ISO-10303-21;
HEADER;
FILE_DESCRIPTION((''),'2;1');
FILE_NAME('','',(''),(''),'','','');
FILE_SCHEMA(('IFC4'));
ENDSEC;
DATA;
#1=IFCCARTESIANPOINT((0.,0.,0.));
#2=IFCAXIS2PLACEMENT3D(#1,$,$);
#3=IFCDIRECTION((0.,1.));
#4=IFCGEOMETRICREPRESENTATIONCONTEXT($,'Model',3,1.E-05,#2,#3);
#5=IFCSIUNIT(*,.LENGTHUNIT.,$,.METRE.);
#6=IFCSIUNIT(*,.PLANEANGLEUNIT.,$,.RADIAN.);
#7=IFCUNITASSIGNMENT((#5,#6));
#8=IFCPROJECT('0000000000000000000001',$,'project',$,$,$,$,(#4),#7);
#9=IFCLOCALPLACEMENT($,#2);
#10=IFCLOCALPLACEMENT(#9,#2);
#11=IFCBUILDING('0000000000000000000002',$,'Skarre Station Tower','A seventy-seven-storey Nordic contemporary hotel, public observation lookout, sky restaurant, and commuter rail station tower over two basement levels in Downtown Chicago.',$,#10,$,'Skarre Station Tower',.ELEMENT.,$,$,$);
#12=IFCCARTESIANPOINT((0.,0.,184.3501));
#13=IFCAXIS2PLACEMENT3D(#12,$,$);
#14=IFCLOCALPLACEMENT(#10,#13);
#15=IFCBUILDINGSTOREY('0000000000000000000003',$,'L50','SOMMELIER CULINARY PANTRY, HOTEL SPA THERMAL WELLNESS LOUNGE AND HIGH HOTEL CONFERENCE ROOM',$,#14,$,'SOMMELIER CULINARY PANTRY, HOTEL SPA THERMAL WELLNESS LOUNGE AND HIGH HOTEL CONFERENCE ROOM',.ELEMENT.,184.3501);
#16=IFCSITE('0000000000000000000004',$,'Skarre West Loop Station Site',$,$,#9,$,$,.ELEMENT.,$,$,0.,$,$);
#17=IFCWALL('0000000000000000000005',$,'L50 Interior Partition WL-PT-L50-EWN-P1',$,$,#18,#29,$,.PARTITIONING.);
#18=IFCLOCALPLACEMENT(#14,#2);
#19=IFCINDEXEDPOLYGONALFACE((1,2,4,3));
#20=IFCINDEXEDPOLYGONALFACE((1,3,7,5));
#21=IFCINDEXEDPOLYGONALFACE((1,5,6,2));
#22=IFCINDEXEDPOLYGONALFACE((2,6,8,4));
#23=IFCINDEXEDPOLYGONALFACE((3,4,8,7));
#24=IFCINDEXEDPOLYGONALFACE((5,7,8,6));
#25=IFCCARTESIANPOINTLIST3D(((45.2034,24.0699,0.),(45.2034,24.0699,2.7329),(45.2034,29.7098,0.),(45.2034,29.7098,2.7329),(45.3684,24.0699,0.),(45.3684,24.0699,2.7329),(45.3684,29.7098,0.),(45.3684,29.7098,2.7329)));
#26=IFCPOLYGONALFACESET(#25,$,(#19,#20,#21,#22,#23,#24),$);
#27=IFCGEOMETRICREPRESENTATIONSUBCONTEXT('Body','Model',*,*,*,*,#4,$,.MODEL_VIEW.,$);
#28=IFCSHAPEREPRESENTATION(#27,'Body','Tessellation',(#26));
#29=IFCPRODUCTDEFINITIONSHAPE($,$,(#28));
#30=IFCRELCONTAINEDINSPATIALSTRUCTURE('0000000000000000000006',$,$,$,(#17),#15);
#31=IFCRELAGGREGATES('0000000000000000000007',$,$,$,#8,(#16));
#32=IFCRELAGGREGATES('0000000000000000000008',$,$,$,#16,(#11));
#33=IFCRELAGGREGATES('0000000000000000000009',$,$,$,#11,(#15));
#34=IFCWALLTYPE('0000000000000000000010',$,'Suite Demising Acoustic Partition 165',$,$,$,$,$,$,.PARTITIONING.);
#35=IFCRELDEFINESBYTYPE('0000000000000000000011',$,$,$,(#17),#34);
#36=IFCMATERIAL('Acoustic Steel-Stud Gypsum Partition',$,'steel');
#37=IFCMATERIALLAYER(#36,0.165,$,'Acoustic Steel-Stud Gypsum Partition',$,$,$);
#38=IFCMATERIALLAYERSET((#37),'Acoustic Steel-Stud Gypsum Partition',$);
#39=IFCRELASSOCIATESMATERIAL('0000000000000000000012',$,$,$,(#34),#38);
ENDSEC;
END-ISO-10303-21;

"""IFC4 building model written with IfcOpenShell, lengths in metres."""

from ifc_helpers import new_model, si_unit, direction, frame, frame_2d, origin, place, context, subcontext, project, spatial, rectangle, extrude, material, layer, layer_set, type_object, element, save


model = new_model("IFC4")

# Units and contexts
model_context = context("Model", 3, precision=1e-05, world=origin(), true_north=direction((0.0, 1.0)))
body_context = subcontext(model_context, "Body", "Model", "MODEL_VIEW")
ifc_project = project(units=[si_unit("LENGTHUNIT", "METRE"), si_unit("PLANEANGLEUNIT", "RADIAN")], contexts=[model_context])

# Site, building, storey
site_placement = place(None, origin())
site = spatial("IfcSite", under=ifc_project, at=site_placement, Name="Skarre West Loop Station Site", CompositionType="ELEMENT", RefElevation=0.0)
building_placement = place(site_placement, origin())
building = spatial("IfcBuilding", under=site, at=building_placement, Name="Skarre Station Tower", Description="A seventy-seven-storey Nordic contemporary hotel, public observation lookout, sky restaurant, and commuter rail station tower over two basement levels in Downtown Chicago.", LongName="Skarre Station Tower", CompositionType="ELEMENT")
storey_placement = place(building_placement, frame((0.0, 0.0, 184.3501)))
storey = spatial("IfcBuildingStorey", under=building, at=storey_placement, Name="L50", Description="SOMMELIER CULINARY PANTRY, HOTEL SPA THERMAL WELLNESS LOUNGE AND HIGH HOTEL CONFERENCE ROOM", LongName="SOMMELIER CULINARY PANTRY, HOTEL SPA THERMAL WELLNESS LOUNGE AND HIGH HOTEL CONFERENCE ROOM", CompositionType="ELEMENT", Elevation=184.3501)

# Shared definitions
ifc_material_1 = material(Name="Acoustic Steel-Stud Gypsum Partition", Category="steel")

# Wall
ifc_layer_1 = layer(ifc_material_1, 0.165, Name="Acoustic Steel-Stud Gypsum Partition")
ifc_layer_set_1 = layer_set([ifc_layer_1], Name="Acoustic Steel-Stud Gypsum Partition")
wall_type_1 = type_object("IfcWallType", Name="Suite Demising Acoustic Partition 165", PredefinedType="PARTITIONING", material=ifc_layer_set_1)
wall_1_placement = place(storey_placement, frame((45.2859, 24.0701, 0.0), z_axis=(0.0, 0.0, 1.0), x_axis=(0.0, 1.0, 0.0)))
element("IfcWall", 1, at=wall_1_placement, inside=storey, type_object=wall_type_1, Name="L50 Interior Partition WL-PT-L50-EWN-P1", PredefinedType="PARTITIONING", context=body_context, shape_type="SweptSolid", body=[
    extrude(rectangle(XDim=5.6399, YDim=0.165, at=frame_2d((2.8198, 0.0))), origin(), (0.0, 0.0, 1.0), 2.7329),
])

save(model, "model.ifc")
